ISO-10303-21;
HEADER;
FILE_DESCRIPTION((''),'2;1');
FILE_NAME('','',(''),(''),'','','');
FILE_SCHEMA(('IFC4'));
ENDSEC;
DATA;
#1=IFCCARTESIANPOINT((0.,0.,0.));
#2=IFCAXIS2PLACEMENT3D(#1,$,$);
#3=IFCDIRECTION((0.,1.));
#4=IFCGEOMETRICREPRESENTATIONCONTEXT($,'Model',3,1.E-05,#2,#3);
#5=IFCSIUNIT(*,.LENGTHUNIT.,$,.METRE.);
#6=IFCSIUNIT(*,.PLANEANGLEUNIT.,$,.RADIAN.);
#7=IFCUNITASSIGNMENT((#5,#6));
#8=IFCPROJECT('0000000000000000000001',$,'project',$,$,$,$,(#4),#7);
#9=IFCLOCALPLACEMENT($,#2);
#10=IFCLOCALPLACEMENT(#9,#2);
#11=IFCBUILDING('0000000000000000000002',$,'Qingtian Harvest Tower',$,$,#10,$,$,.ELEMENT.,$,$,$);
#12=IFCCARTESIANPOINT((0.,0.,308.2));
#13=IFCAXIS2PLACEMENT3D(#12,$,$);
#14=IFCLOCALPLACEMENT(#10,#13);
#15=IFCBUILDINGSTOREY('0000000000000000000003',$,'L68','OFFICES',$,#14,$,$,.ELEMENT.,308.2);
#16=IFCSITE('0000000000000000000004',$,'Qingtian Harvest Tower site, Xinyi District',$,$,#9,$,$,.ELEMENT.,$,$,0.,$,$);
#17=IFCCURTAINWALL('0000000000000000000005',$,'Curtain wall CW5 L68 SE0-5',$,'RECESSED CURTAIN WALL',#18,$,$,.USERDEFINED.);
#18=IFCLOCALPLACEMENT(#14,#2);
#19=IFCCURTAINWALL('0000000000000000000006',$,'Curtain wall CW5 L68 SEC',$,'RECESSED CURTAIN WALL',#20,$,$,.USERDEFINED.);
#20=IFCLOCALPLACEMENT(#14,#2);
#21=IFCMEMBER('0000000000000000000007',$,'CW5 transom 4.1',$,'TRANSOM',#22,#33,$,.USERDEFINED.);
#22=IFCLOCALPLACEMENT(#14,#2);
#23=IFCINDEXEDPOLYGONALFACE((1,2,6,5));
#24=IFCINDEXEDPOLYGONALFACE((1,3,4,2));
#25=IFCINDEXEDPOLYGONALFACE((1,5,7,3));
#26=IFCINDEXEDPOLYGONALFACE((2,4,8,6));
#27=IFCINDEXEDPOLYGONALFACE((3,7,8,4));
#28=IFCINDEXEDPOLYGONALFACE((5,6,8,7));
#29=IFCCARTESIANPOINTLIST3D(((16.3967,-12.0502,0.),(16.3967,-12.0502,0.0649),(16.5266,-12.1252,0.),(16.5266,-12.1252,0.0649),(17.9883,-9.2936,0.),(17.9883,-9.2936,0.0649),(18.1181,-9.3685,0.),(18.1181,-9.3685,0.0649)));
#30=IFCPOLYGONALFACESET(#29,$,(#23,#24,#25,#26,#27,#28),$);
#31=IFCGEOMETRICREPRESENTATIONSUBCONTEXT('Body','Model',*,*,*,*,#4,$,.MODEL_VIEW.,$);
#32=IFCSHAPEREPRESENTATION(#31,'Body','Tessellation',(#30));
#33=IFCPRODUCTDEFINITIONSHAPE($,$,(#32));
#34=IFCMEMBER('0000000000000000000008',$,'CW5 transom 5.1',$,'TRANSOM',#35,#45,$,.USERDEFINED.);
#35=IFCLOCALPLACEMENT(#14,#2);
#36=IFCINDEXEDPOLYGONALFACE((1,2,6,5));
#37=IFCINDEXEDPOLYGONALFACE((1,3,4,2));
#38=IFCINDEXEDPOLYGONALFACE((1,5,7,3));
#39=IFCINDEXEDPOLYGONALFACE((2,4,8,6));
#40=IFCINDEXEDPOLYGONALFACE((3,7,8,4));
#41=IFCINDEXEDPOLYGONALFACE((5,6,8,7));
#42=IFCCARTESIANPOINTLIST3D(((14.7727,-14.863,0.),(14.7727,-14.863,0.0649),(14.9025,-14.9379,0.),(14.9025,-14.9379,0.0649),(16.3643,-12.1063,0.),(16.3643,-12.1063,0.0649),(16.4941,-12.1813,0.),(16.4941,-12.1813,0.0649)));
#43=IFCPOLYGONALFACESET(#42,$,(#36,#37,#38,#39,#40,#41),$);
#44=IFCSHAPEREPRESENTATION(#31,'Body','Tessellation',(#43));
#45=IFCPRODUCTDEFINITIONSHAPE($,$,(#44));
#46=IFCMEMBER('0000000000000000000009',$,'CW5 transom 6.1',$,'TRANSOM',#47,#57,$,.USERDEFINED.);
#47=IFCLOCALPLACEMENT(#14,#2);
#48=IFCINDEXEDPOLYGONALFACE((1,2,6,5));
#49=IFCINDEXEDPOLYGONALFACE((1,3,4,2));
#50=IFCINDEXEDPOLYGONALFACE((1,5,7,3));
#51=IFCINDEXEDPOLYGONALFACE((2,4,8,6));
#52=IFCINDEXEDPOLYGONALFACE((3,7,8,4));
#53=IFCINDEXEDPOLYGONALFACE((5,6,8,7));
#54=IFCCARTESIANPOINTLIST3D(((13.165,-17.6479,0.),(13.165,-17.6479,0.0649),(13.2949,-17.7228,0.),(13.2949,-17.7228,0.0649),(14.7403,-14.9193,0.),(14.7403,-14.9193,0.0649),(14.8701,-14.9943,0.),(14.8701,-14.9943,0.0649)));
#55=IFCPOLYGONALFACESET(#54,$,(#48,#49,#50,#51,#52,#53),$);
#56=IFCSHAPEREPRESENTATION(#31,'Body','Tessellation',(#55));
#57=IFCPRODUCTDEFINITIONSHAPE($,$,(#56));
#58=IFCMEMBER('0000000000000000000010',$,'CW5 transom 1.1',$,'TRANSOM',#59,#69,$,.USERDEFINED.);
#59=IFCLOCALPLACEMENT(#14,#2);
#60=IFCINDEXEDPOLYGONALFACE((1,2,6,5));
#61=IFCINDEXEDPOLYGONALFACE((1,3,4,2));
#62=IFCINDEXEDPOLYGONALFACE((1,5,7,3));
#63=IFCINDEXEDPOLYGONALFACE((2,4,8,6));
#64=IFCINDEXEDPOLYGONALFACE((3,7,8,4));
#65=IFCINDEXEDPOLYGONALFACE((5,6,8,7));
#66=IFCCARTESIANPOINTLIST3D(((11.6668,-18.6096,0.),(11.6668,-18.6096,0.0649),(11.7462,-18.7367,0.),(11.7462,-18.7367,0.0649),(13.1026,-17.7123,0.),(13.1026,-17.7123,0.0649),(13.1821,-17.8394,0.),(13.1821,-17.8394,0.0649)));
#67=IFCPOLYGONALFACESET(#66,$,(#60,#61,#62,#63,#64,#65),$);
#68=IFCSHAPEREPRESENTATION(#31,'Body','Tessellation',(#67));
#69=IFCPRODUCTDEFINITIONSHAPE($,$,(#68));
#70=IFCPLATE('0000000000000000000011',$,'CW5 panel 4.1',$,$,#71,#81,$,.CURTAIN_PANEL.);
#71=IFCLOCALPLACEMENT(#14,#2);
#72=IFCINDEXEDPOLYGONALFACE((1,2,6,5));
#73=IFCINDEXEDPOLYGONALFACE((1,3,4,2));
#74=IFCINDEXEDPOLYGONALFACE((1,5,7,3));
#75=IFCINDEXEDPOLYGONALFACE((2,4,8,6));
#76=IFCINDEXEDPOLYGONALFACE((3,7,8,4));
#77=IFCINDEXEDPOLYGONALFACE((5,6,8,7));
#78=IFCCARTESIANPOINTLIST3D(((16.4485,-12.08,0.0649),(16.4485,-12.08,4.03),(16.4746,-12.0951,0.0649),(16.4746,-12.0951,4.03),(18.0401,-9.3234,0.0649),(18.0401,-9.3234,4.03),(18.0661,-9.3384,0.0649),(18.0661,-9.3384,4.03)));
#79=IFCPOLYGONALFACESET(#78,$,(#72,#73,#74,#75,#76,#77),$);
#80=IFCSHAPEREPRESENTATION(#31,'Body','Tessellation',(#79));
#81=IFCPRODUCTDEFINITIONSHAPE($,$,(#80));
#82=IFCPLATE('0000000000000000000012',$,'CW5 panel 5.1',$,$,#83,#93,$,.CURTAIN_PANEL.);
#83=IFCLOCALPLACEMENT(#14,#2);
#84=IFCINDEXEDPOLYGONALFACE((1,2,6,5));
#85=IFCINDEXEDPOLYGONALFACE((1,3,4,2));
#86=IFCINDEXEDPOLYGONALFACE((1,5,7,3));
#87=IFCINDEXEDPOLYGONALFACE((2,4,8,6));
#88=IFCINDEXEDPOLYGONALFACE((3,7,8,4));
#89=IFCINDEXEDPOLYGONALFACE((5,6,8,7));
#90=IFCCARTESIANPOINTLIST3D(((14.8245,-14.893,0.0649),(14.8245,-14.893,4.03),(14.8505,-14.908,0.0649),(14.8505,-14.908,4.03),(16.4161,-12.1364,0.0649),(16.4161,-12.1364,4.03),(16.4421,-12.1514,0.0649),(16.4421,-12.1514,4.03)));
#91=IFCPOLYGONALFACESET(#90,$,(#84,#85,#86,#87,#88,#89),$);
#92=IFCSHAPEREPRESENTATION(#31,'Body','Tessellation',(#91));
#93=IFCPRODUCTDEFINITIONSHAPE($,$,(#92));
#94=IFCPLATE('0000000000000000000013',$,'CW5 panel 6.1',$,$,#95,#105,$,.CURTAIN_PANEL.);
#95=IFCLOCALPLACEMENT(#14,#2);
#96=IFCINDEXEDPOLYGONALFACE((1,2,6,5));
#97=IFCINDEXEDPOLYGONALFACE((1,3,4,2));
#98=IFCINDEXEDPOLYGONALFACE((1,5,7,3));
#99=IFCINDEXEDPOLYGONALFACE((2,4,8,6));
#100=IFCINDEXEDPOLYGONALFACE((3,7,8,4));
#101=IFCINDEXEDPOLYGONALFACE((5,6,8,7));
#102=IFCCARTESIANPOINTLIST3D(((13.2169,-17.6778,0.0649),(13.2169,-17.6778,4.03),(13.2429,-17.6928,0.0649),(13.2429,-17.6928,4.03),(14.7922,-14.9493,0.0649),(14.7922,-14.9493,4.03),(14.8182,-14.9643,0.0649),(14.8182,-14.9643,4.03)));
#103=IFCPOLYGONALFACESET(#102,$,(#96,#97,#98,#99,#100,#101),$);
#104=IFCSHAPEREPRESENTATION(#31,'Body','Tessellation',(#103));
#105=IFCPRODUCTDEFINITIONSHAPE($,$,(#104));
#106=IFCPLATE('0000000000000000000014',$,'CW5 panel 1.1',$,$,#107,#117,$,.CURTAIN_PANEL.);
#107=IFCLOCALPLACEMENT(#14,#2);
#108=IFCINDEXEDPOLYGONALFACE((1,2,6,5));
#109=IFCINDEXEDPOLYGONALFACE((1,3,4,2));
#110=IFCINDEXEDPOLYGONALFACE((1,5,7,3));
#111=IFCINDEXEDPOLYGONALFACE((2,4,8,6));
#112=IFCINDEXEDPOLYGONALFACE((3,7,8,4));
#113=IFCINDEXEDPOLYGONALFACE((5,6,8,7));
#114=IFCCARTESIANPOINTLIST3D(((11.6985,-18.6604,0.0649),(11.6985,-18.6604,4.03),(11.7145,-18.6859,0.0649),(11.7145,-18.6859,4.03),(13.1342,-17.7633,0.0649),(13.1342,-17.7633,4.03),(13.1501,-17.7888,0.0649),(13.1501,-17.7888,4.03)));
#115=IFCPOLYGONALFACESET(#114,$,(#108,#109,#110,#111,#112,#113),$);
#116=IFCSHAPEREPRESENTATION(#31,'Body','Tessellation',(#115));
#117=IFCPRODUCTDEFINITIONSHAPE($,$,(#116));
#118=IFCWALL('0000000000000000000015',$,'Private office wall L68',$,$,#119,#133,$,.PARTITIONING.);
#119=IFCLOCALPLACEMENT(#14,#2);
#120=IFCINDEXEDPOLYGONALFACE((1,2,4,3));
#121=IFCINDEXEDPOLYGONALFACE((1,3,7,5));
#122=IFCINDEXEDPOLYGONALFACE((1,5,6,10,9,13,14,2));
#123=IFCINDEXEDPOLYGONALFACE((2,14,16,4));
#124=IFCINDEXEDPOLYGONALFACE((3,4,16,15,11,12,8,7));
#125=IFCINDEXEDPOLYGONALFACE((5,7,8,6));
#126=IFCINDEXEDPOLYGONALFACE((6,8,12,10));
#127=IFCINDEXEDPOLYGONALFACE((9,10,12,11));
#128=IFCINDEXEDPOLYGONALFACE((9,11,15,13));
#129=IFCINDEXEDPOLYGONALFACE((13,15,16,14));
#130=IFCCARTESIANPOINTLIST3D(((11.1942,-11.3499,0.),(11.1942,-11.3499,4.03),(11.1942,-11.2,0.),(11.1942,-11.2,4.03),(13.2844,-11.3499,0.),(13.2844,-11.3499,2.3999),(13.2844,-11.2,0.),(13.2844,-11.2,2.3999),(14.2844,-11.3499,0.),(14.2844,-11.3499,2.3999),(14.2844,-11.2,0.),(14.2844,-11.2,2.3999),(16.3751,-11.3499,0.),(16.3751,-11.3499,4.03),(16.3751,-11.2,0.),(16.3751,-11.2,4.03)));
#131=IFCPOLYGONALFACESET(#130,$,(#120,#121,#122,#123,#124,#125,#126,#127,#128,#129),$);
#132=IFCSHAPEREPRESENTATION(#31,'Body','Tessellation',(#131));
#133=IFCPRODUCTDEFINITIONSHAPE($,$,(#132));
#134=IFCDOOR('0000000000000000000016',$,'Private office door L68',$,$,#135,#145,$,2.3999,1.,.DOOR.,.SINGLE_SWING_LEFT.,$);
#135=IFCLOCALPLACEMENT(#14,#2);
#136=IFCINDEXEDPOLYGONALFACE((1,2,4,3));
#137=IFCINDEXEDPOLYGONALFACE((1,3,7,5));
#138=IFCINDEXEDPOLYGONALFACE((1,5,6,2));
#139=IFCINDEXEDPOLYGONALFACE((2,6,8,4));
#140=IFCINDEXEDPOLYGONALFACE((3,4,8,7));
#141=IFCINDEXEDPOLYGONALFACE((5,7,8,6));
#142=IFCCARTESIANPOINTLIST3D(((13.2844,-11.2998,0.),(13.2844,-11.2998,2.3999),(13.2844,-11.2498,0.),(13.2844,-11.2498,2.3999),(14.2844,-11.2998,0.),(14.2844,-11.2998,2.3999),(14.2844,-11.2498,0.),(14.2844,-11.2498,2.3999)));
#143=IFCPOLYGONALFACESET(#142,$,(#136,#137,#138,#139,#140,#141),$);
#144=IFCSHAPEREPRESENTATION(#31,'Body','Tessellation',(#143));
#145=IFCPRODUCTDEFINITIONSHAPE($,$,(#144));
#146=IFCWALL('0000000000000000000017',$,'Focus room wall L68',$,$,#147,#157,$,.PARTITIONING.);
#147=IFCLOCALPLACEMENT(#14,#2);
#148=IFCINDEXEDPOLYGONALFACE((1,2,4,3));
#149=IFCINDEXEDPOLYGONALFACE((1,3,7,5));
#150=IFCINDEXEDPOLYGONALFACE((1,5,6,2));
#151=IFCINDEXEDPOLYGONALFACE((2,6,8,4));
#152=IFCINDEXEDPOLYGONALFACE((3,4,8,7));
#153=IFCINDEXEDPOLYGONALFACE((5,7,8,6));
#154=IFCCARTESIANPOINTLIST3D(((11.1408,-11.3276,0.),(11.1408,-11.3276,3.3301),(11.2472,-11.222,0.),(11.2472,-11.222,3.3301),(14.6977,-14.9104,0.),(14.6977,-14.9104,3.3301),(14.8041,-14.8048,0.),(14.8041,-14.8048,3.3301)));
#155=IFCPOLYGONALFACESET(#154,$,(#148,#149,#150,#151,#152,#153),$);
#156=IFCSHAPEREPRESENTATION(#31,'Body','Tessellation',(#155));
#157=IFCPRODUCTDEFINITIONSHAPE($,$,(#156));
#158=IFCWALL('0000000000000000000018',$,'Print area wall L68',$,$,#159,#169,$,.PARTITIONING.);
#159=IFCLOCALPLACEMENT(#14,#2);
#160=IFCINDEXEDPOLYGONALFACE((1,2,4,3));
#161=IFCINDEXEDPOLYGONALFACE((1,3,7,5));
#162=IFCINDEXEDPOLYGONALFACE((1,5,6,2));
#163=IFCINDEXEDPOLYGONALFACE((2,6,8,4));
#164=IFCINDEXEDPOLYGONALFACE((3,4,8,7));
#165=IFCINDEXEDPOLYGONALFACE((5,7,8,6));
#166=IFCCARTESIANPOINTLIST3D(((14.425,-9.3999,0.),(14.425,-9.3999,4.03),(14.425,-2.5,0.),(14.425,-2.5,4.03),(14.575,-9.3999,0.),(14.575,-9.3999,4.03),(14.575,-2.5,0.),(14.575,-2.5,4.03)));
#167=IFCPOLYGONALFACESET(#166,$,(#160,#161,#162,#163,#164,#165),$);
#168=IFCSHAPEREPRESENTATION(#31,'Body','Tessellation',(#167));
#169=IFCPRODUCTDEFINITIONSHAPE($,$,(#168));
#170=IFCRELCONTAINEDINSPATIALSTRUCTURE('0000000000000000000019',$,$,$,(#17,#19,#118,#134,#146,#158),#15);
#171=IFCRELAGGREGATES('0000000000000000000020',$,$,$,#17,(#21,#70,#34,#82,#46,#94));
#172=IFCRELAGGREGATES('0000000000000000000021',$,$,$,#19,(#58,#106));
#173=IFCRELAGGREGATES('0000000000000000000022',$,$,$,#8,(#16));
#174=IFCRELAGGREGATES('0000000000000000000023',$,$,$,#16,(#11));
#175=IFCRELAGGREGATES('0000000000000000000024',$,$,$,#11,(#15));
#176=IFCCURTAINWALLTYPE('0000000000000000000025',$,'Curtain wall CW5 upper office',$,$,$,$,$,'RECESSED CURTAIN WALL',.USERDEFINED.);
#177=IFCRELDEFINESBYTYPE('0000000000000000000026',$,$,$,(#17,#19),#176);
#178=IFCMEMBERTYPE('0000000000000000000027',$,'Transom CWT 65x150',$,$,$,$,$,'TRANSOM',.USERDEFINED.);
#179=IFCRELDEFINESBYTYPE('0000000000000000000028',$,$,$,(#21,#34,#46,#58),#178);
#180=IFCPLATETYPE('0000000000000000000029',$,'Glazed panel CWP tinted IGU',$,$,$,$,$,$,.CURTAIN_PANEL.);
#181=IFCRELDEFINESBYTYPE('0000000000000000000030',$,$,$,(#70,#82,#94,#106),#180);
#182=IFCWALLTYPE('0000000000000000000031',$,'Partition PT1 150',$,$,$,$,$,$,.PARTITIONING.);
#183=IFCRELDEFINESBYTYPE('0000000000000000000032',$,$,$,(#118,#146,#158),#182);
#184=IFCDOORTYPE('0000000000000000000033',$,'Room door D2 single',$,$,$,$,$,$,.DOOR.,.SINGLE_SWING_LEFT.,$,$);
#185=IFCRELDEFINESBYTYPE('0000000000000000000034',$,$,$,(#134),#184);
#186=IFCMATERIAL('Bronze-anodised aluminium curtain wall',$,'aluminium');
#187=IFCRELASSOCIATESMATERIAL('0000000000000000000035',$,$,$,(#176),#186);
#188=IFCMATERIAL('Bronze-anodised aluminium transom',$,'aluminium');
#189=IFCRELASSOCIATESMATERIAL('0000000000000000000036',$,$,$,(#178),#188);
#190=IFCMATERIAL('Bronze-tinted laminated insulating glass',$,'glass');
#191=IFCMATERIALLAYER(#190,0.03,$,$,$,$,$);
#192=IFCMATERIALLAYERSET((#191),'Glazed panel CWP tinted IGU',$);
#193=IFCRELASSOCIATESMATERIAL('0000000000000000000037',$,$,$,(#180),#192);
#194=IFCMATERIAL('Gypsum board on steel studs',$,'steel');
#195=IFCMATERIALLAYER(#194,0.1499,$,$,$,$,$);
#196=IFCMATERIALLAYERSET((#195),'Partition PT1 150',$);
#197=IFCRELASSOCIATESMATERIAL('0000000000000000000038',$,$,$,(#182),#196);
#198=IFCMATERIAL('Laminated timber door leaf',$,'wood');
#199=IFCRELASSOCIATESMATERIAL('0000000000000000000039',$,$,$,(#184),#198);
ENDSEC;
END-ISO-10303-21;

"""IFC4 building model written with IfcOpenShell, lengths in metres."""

from ifc_helpers import new_model, si_unit, direction, frame, frame_2d, origin, origin_2d, place, context, subcontext, project, spatial, rectangle, extrude, material, layer, layer_set, material_profile, profile_set, type_object, element, fill, aggregate, save


model = new_model("IFC4")

# Units and contexts
model_context = context("Model", 3, precision=1e-05, world=origin(), true_north=direction((0.0, 1.0)))
body_context = subcontext(model_context, "Body", "Model", "MODEL_VIEW")
ifc_project = project(units=[si_unit("LENGTHUNIT", "METRE"), si_unit("PLANEANGLEUNIT", "RADIAN")], contexts=[model_context])

# Site, building, storey
site_placement = place(None, origin())
site = spatial("IfcSite", under=ifc_project, at=site_placement, Name="Qingtian Harvest Tower site, Xinyi District", CompositionType="ELEMENT", RefElevation=0.0)
building_placement = place(site_placement, origin())
building = spatial("IfcBuilding", under=site, at=building_placement, Name="Qingtian Harvest Tower", CompositionType="ELEMENT")
storey_placement = place(building_placement, frame((0.0, 0.0, 308.2)))
storey = spatial("IfcBuildingStorey", under=building, at=storey_placement, Name="L68", Description="OFFICES", CompositionType="ELEMENT", Elevation=308.2)

# Curtain wall
ifc_material_1 = material(Name="Bronze-anodised aluminium curtain wall", Category="aluminium")
curtain_wall_type = type_object("IfcCurtainWallType", Name="Curtain wall CW5 upper office", ElementType="RECESSED CURTAIN WALL", PredefinedType="USERDEFINED", material=ifc_material_1)
curtain_wall_1_placement = place(storey_placement, origin())
curtain_wall_1 = element("IfcCurtainWall", 1, at=curtain_wall_1_placement, inside=storey, type_object=curtain_wall_type, Name="Curtain wall CW5 L68 SE0-5", ObjectType="RECESSED CURTAIN WALL", PredefinedType="USERDEFINED")

# Curtain wall
curtain_wall_2_placement = place(storey_placement, origin())
curtain_wall_2 = element("IfcCurtainWall", 2, at=curtain_wall_2_placement, inside=storey, type_object=curtain_wall_type, Name="Curtain wall CW5 L68 SEC", ObjectType="RECESSED CURTAIN WALL", PredefinedType="USERDEFINED")

# Members
ifc_material_2 = material(Name="Bronze-anodised aluminium transom", Category="aluminium")
ifc_material_profile_1 = material_profile(ifc_material_2, rectangle(XDim=0.1499, YDim=0.0649, at=origin_2d()), Name="AL 65x150")
ifc_profile_set_1 = profile_set([ifc_material_profile_1], Name="Bronze-anodised aluminium transom")
member_type_1 = type_object("IfcMemberType", Name="Transom CWT 65x150", ElementType="TRANSOM", PredefinedType="USERDEFINED", material=ifc_profile_set_1)
member_1_placement = place(storey_placement, frame((18.0532, -9.3311, 0.0325), z_axis=(-0.500008, -0.866021, 0.0), x_axis=(0.866021, -0.500008, 0.0)))
member_1 = element("IfcMember", 3, at=member_1_placement, type_object=member_type_1, Name="CW5 transom 4.1", ObjectType="TRANSOM", PredefinedType="USERDEFINED", context=body_context, shape_type="SweptSolid", body=[
    extrude(rectangle(XDim=0.1499, YDim=0.0649, at=origin_2d()), origin(), (0.0, 0.0, 1.0), 3.1831),
])
member_2_placement = place(storey_placement, frame((16.4292, -12.1438, 0.0325), z_axis=(-0.500008, -0.866021, 0.0), x_axis=(0.866021, -0.500008, 0.0)))
member_2 = element("IfcMember", 4, at=member_2_placement, type_object=member_type_1, Name="CW5 transom 5.1", ObjectType="TRANSOM", PredefinedType="USERDEFINED", context=body_context, shape_type="SweptSolid", body=[
    extrude(rectangle(XDim=0.1499, YDim=0.0649, at=origin_2d()), origin(), (0.0, 0.0, 1.0), 3.1831),
])
member_3_placement = place(storey_placement, frame((14.8052, -14.9568, 0.0325), z_axis=(-0.499973, -0.866041, 0.0), x_axis=(0.866041, -0.499973, 0.0)))
member_3 = element("IfcMember", 5, at=member_3_placement, type_object=member_type_1, Name="CW5 transom 6.1", ObjectType="TRANSOM", PredefinedType="USERDEFINED", context=body_context, shape_type="SweptSolid", body=[
    extrude(rectangle(XDim=0.1499, YDim=0.0649, at=origin_2d()), origin(), (0.0, 0.0, 1.0), 3.1506),
])
member_4_placement = place(storey_placement, frame((13.1423, -17.7759, 0.0325), z_axis=(-0.848039, -0.529934, 0.0), x_axis=(0.529934, -0.848039, 0.0)))
member_4 = element("IfcMember", 6, at=member_4_placement, type_object=member_type_1, Name="CW5 transom 1.1", ObjectType="TRANSOM", PredefinedType="USERDEFINED", context=body_context, shape_type="SweptSolid", body=[
    extrude(rectangle(XDim=0.1499, YDim=0.0649, at=origin_2d()), origin(), (0.0, 0.0, 1.0), 1.6931),
])

# Plates
ifc_material_3 = material(Name="Bronze-tinted laminated insulating glass", Category="glass")
ifc_layer_1 = layer(ifc_material_3, 0.03)
ifc_layer_set_1 = layer_set([ifc_layer_1], Name="Glazed panel CWP tinted IGU")
plate_type = type_object("IfcPlateType", Name="Glazed panel CWP tinted IGU", PredefinedType="CURTAIN_PANEL", material=ifc_layer_set_1)
plate_1_placement = place(storey_placement, frame((17.2573, -10.7092, 0.0649), z_axis=(0.0, 0.0, 1.0), x_axis=(-0.5, -0.866025, 0.0)))
plate_1 = element("IfcPlate", 7, at=plate_1_placement, type_object=plate_type, Name="CW5 panel 4.1", PredefinedType="CURTAIN_PANEL", context=body_context, shape_type="SweptSolid", body=[
    extrude(rectangle(XDim=3.1831, YDim=0.03, at=origin_2d()), origin(), (0.0, 0.0, 1.0), 3.9651),
])
plate_2_placement = place(storey_placement, frame((15.6333, -13.5222, 0.0649), z_axis=(0.0, 0.0, 1.0), x_axis=(-0.5, -0.866025, 0.0)))
plate_2 = element("IfcPlate", 8, at=plate_2_placement, type_object=plate_type, Name="CW5 panel 5.1", PredefinedType="CURTAIN_PANEL", context=body_context, shape_type="SweptSolid", body=[
    extrude(rectangle(XDim=3.1831, YDim=0.03, at=origin_2d()), origin(), (0.0, 0.0, 1.0), 3.9651),
])
plate_3_placement = place(storey_placement, frame((14.0176, -16.321, 0.0649), z_axis=(0.0, 0.0, 1.0), x_axis=(-0.5, -0.866025, 0.0)))
plate_3 = element("IfcPlate", 9, at=plate_3_placement, type_object=plate_type, Name="CW5 panel 6.1", PredefinedType="CURTAIN_PANEL", context=body_context, shape_type="SweptSolid", body=[
    extrude(rectangle(XDim=3.1506, YDim=0.03, at=origin_2d()), origin(), (0.0, 0.0, 1.0), 3.9651),
])
aggregate(curtain_wall_1, [member_1, plate_1, member_2, plate_2, member_3, plate_3])
plate_4_placement = place(storey_placement, frame((12.4243, -18.2246, 0.0649), z_axis=(0.0, 0.0, 1.0), x_axis=(-0.848048, -0.529919, 0.0)))
plate_4 = element("IfcPlate", 10, at=plate_4_placement, type_object=plate_type, Name="CW5 panel 1.1", PredefinedType="CURTAIN_PANEL", context=body_context, shape_type="SweptSolid", body=[
    extrude(rectangle(XDim=1.6929, YDim=0.03, at=origin_2d()), origin(), (0.0, 0.0, 1.0), 3.9651),
])
aggregate(curtain_wall_2, [member_4, plate_4])

# Wall, opening, door
ifc_material_4 = material(Name="Gypsum board on steel studs", Category="steel")
ifc_layer_2 = layer(ifc_material_4, 0.1499)
ifc_layer_set_2 = layer_set([ifc_layer_2], Name="Partition PT1 150")
wall_type = type_object("IfcWallType", Name="Partition PT1 150", PredefinedType="PARTITIONING", material=ifc_layer_set_2)
wall_1_placement = place(storey_placement, frame((16.375, -11.2749, 0.0), z_axis=(0.0, 0.0, 1.0), x_axis=(-1.0, 0.0, 0.0)))
wall_1 = element("IfcWall", 11, at=wall_1_placement, inside=storey, type_object=wall_type, Name="Private office wall L68", PredefinedType="PARTITIONING", context=body_context, shape_type="SweptSolid", body=[
    extrude(rectangle(XDim=5.1809, YDim=0.1499, at=frame_2d((2.5903, 0.0))), origin(), (0.0, 0.0, 1.0), 4.03),
])
opening_placement = place(wall_1_placement, frame((2.0906, 0.0, 0.0)))
opening = element("IfcOpeningElement", 12, at=opening_placement, cuts=wall_1, PredefinedType="OPENING", context=body_context, shape_type="SweptSolid", body=[
    extrude(rectangle(XDim=1.0, YDim=2.3999, at=frame_2d((0.5, 1.2))), frame((0.0, 0.085, 0.0), z_axis=(0.0, -1.0, 0.0), x_axis=(1.0, 0.0, 0.0)), (0.0, 0.0, 1.0), 0.1699),
])
ifc_material_5 = material(Name="Laminated timber door leaf", Category="wood")
door_type = type_object("IfcDoorType", Name="Room door D2 single", OperationType="SINGLE_SWING_LEFT", PredefinedType="DOOR", material=ifc_material_5)
door_placement = place(opening_placement, origin())
door = element("IfcDoor", 13, at=door_placement, inside=storey, type_object=door_type, Name="Private office door L68", OperationType="SINGLE_SWING_LEFT", OverallHeight=2.3999, OverallWidth=1.0, PredefinedType="DOOR", context=body_context, shape_type="SweptSolid", body=[
    extrude(rectangle(XDim=1.0, YDim=2.3999, at=frame_2d((0.5, 1.2))), frame((0.0, 0.0249, 0.0), z_axis=(0.0, -1.0, 0.0), x_axis=(1.0, 0.0, 0.0)), (0.0, 0.0, 1.0), 0.05),
])
fill(opening, door)

# Walls
wall_2_placement = place(storey_placement, frame((14.751, -14.8577, 0.0), z_axis=(0.0, 0.0, 1.0), x_axis=(-0.704539, 0.709665, 0.0)))
element("IfcWall", 14, at=wall_2_placement, inside=storey, type_object=wall_type, Name="Focus room wall L68", PredefinedType="PARTITIONING", context=body_context, shape_type="SweptSolid", body=[
    extrude(rectangle(XDim=5.0486, YDim=0.1499, at=frame_2d((2.5244, 0.0))), origin(), (0.0, 0.0, 1.0), 3.3301),
])
wall_3_placement = place(storey_placement, frame((14.5, -9.3999, 0.0), z_axis=(0.0, 0.0, 1.0), x_axis=(0.0, 1.0, 0.0)))
element("IfcWall", 15, at=wall_3_placement, inside=storey, type_object=wall_type, Name="Print area wall L68", PredefinedType="PARTITIONING", context=body_context, shape_type="SweptSolid", body=[
    extrude(rectangle(XDim=6.8999, YDim=0.1499, at=frame_2d((3.45, 0.0))), origin(), (0.0, 0.0, 1.0), 4.03),
])

save(model, "model.ifc")
